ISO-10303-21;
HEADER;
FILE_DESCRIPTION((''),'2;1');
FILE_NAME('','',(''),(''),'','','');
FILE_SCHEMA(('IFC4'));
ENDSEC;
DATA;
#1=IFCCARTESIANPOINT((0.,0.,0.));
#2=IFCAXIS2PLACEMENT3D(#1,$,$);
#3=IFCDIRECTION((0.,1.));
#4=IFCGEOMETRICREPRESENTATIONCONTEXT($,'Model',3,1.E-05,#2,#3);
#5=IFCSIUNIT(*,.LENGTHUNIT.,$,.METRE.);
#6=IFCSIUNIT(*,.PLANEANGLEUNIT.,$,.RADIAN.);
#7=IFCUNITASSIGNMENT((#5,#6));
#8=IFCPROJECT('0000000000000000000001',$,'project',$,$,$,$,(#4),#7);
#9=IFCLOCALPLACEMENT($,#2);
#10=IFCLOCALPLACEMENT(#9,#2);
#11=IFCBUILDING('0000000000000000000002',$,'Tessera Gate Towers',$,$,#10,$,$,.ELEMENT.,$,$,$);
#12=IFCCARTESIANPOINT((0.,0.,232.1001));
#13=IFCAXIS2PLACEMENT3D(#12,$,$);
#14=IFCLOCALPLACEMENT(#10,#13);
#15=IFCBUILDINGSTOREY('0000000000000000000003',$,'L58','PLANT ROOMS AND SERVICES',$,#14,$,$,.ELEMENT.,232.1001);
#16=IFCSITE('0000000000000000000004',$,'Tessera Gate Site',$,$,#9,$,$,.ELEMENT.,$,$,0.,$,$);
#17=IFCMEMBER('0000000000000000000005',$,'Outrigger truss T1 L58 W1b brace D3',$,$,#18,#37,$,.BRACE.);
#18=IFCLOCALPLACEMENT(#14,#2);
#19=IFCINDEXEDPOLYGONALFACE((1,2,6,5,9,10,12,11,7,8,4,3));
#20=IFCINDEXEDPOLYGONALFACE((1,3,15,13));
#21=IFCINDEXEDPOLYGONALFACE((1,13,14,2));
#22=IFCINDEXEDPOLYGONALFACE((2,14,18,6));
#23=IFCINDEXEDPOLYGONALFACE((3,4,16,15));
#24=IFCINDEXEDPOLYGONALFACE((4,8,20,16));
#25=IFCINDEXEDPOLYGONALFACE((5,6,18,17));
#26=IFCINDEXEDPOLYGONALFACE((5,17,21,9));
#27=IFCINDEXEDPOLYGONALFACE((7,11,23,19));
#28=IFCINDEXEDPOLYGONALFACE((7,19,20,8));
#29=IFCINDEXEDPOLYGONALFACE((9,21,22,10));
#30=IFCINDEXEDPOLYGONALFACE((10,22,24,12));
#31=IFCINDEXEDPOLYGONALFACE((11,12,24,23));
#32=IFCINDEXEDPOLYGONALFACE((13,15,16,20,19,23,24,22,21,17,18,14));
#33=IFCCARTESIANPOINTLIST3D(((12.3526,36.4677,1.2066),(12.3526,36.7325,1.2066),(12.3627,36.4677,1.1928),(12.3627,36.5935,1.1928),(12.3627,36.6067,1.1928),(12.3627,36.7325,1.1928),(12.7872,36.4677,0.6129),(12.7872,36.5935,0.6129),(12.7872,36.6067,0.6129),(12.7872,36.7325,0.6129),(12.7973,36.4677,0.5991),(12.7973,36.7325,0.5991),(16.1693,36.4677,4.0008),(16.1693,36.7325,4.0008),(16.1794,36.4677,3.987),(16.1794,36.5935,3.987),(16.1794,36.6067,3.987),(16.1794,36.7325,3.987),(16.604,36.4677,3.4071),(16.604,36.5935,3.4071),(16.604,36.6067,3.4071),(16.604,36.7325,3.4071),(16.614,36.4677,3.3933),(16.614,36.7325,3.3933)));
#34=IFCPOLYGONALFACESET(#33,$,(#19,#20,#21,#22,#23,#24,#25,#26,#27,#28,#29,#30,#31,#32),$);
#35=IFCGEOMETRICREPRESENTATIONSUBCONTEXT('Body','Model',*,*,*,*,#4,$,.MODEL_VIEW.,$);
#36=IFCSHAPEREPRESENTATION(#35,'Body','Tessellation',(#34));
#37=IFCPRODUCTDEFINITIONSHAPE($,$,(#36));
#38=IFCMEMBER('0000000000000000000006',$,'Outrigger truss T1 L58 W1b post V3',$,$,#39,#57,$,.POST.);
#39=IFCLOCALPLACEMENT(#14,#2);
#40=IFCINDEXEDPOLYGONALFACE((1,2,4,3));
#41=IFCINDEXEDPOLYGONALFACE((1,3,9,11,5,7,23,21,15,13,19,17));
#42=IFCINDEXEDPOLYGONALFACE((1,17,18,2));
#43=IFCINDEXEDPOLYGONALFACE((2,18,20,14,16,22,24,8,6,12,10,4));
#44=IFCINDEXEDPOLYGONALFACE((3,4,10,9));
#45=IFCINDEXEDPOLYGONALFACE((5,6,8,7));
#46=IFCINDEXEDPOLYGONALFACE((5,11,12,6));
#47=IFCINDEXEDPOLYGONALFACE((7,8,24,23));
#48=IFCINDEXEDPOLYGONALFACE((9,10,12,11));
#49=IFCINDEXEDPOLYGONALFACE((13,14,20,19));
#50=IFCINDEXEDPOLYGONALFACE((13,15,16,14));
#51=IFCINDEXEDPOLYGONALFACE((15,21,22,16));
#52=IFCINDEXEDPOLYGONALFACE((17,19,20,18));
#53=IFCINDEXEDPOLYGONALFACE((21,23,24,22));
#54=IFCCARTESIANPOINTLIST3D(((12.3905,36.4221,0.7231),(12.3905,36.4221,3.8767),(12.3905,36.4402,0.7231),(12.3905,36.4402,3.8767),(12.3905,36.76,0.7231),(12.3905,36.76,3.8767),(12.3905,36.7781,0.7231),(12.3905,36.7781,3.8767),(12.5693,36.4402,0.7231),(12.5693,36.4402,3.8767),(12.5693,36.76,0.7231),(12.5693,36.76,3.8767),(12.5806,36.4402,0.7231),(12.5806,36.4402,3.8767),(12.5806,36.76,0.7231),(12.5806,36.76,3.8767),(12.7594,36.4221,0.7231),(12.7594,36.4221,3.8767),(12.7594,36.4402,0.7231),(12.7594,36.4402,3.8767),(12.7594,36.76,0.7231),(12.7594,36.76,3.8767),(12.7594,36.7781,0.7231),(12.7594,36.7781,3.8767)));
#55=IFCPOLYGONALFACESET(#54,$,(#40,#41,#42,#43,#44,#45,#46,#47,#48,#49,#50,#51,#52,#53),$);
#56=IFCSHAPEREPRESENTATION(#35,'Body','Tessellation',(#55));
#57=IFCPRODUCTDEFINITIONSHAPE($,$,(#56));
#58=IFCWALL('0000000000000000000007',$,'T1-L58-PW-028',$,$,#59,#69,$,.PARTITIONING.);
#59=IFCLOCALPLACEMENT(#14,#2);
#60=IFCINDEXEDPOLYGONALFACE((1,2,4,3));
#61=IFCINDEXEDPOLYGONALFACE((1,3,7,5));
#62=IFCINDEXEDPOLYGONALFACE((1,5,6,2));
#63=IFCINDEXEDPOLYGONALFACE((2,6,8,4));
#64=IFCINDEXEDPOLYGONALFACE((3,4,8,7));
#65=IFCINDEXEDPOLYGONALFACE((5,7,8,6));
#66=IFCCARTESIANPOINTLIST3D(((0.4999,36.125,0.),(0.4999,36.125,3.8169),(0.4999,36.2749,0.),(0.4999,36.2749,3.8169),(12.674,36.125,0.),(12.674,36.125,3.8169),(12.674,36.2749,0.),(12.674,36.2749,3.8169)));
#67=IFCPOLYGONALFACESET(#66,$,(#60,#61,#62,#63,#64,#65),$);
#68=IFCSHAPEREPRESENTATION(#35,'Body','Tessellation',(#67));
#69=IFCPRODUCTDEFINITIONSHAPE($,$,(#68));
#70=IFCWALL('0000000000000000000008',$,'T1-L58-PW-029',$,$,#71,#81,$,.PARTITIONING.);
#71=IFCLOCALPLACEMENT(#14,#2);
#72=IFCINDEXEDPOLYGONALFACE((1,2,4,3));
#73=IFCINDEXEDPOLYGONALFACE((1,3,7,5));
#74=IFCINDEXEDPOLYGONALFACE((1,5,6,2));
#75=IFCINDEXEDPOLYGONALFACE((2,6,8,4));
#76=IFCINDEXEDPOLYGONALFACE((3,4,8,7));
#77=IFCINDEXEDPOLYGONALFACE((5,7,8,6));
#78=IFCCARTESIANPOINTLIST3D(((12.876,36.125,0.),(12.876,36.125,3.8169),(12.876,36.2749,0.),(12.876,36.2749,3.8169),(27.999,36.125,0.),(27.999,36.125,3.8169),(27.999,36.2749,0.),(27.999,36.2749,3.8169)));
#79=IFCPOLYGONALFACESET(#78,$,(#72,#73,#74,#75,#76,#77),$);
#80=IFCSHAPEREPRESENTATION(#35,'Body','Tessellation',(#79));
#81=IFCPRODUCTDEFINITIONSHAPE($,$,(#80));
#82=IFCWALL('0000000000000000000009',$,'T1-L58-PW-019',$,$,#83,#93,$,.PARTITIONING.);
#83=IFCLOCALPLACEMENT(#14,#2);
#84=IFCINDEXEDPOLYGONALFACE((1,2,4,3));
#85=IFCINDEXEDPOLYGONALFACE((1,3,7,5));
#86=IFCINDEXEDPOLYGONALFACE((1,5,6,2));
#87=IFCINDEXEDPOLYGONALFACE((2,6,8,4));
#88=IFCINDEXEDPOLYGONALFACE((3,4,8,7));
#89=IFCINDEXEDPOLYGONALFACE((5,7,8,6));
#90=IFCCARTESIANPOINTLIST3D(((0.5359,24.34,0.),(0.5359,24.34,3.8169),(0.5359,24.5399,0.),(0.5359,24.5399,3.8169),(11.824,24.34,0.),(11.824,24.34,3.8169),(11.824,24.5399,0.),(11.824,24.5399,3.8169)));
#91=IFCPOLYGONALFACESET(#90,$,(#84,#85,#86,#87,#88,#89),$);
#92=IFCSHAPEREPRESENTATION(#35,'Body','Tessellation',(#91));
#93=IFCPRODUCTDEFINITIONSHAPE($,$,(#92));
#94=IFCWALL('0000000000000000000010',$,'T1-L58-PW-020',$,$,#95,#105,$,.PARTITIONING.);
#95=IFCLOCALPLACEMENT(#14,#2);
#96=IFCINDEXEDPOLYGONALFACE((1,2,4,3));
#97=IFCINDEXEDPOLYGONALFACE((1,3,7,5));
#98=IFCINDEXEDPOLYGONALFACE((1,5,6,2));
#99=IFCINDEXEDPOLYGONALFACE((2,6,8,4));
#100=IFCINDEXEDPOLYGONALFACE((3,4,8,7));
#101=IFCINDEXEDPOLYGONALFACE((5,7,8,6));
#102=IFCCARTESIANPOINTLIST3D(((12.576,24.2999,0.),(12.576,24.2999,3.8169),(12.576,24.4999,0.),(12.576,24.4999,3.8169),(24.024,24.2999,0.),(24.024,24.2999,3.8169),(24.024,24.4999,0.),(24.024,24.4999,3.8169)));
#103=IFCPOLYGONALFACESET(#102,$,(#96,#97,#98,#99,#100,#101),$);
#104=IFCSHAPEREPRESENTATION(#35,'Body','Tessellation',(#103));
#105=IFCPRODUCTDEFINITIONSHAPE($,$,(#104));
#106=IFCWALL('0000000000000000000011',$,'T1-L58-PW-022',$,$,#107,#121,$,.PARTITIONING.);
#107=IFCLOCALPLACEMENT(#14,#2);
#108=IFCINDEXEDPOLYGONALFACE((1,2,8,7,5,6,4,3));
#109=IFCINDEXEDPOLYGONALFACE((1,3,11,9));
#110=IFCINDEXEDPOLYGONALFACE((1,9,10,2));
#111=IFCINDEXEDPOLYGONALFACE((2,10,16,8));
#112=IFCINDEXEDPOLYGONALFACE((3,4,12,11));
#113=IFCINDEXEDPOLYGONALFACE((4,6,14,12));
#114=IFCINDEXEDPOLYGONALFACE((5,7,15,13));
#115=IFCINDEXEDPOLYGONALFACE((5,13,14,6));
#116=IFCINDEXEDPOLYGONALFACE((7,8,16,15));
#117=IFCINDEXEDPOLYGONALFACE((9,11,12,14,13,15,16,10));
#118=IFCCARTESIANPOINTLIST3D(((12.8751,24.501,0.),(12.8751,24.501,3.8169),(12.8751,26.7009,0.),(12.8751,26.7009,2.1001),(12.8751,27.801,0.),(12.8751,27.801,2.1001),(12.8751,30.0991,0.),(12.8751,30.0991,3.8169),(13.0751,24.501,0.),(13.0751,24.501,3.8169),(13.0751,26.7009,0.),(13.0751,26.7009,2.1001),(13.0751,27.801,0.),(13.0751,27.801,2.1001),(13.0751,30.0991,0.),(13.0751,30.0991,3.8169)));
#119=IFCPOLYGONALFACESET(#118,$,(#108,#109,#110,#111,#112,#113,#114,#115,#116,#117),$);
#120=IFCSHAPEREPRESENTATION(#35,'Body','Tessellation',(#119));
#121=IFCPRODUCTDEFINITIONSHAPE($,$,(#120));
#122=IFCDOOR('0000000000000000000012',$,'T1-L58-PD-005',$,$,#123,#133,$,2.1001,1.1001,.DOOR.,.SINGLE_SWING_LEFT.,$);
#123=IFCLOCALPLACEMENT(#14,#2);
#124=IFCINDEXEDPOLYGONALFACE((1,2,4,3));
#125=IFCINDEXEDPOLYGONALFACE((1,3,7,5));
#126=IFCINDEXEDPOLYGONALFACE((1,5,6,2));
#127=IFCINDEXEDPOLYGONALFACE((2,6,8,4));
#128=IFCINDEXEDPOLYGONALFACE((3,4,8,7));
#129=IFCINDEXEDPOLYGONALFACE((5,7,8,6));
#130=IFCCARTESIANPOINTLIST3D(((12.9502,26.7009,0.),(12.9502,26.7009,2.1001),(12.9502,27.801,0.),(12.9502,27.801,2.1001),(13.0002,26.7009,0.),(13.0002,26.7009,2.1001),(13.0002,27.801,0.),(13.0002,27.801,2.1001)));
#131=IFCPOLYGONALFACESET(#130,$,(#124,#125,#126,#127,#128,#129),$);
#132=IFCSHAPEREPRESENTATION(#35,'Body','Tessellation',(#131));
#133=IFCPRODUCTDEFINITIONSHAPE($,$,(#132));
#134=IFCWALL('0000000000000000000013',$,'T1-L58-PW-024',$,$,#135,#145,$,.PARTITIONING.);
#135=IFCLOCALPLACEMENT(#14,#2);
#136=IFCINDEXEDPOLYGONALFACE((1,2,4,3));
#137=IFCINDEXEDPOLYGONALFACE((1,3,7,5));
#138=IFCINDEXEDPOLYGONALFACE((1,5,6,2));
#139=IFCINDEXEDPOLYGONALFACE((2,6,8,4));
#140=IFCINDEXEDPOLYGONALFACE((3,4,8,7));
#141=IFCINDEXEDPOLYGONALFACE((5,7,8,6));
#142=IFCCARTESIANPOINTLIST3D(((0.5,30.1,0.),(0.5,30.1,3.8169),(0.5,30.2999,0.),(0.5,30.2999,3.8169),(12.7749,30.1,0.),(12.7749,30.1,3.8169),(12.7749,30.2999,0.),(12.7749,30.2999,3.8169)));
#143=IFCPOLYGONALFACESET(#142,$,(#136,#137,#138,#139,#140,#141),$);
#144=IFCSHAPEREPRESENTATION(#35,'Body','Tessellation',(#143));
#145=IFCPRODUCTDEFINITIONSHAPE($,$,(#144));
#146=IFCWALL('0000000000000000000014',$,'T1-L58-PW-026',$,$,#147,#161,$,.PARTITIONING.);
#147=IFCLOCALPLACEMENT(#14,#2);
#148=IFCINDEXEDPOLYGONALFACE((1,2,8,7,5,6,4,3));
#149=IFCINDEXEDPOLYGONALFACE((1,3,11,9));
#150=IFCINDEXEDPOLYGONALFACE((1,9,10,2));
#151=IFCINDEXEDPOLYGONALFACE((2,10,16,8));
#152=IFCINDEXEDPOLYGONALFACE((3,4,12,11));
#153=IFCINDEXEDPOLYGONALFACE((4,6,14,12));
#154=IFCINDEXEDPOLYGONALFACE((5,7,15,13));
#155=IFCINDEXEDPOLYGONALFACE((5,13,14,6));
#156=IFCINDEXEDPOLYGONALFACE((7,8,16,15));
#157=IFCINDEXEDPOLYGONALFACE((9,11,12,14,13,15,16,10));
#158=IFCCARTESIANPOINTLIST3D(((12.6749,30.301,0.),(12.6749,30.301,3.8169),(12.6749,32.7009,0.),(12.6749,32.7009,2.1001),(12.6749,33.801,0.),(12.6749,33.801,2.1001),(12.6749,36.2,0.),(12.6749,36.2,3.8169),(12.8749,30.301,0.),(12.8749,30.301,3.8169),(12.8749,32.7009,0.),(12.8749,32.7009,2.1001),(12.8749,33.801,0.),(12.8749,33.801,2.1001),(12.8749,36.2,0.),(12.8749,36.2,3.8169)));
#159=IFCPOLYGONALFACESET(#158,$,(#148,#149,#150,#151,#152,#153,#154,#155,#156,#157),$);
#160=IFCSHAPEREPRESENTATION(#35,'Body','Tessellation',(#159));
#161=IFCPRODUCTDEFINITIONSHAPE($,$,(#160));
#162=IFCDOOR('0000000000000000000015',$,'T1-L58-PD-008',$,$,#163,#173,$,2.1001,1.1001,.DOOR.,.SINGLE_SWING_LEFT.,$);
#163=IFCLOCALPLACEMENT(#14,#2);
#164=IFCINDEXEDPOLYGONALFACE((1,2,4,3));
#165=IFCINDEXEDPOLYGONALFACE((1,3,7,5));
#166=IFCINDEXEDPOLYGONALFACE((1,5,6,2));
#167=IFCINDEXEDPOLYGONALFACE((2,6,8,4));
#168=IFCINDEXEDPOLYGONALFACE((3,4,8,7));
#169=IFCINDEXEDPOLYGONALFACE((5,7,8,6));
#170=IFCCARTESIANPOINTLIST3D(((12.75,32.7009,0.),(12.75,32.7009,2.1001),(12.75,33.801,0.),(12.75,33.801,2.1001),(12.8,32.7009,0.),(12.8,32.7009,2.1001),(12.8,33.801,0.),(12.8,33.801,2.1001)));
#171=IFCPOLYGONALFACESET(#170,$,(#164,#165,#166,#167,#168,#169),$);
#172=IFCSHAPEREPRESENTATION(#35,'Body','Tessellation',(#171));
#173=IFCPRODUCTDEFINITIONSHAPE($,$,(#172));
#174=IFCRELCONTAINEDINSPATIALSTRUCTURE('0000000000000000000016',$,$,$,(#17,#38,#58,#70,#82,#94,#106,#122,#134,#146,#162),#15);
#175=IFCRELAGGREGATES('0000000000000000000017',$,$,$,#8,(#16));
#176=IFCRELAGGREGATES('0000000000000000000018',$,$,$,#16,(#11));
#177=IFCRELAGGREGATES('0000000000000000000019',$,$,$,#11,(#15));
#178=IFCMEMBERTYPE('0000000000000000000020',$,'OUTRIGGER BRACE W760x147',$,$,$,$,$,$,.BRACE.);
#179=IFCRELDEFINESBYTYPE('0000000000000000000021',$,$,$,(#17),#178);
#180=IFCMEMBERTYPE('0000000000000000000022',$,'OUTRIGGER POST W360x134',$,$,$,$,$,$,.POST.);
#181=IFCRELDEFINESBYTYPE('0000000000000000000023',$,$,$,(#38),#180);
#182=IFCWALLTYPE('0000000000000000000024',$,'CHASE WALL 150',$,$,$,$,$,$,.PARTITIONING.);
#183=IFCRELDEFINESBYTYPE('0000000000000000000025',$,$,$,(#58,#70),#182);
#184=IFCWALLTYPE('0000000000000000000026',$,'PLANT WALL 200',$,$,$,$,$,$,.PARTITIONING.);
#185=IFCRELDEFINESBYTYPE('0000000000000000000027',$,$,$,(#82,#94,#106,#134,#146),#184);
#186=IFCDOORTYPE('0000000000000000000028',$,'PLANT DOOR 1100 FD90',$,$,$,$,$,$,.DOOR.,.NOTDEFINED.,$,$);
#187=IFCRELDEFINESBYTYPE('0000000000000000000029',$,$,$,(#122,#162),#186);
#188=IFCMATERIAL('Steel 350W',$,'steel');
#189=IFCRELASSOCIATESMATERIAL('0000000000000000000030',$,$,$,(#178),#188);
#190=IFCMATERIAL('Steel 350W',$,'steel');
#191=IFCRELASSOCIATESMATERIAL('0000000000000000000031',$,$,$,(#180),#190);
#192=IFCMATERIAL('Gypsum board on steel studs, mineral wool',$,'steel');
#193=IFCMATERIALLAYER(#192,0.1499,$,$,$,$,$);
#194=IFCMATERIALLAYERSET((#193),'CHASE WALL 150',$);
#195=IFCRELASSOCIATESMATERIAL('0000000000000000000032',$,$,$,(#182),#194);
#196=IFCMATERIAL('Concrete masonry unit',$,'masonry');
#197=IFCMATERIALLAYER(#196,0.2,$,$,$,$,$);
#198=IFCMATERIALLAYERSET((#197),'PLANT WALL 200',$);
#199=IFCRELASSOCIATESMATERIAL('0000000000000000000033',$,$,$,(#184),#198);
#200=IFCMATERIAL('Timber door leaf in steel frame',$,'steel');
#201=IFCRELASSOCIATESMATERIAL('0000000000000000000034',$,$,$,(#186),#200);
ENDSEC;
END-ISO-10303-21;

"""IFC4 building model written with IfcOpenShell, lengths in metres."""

from ifc_helpers import new_model, si_unit, direction, frame, frame_2d, origin, origin_2d, place, context, subcontext, project, spatial, rectangle, i_section, extrude, source, transform, mapped, material, layer, layer_set, material_profile, profile_set, type_object, element, fill, save


model = new_model("IFC4")

# Units and contexts
model_context = context("Model", 3, precision=1e-05, world=origin(), true_north=direction((0.0, 1.0)))
body_context = subcontext(model_context, "Body", "Model", "MODEL_VIEW")
ifc_project = project(units=[si_unit("LENGTHUNIT", "METRE"), si_unit("PLANEANGLEUNIT", "RADIAN")], contexts=[model_context])

# Site, building, storey
site_placement = place(None, origin())
site = spatial("IfcSite", under=ifc_project, at=site_placement, Name="Tessera Gate Site", CompositionType="ELEMENT", RefElevation=0.0)
building_placement = place(site_placement, origin())
building = spatial("IfcBuilding", under=site, at=building_placement, Name="Tessera Gate Towers", CompositionType="ELEMENT")
storey_placement = place(building_placement, frame((0.0, 0.0, 232.1001)))
storey = spatial("IfcBuildingStorey", under=building, at=storey_placement, Name="L58", Description="PLANT ROOMS AND SERVICES", CompositionType="ELEMENT", Elevation=232.1001)

# Members
ifc_material_1 = material(Name="Steel 350W", Category="steel")
ifc_material_profile_1 = material_profile(ifc_material_1, i_section(OverallWidth=0.2649, OverallDepth=0.7529, WebThickness=0.0132, FlangeThickness=0.0171, at=origin_2d()), Name="W760x147")
ifc_profile_set_1 = profile_set([ifc_material_profile_1], Name="Steel 350W")
member_type_1 = type_object("IfcMemberType", Name="OUTRIGGER BRACE W760x147", PredefinedType="BRACE", material=ifc_profile_set_1)
member_1_placement = place(storey_placement, frame((12.575, 36.6001, 0.9028), z_axis=(0.806877, 0.0, 0.590719), x_axis=(0.0, 1.0, 0.0)))
element("IfcMember", 1, at=member_1_placement, inside=storey, type_object=member_type_1, Name="Outrigger truss T1 L58 W1b brace D3", PredefinedType="BRACE", context=body_context, shape_type="SweptSolid", body=[
    extrude(i_section(OverallWidth=0.2649, OverallDepth=0.7529, WebThickness=0.0132, FlangeThickness=0.0171, at=origin_2d()), origin(), (0.0, 0.0, 1.0), 4.7302),
])
ifc_material_2 = material(Name="Steel 350W", Category="steel")
ifc_material_profile_2 = material_profile(ifc_material_2, i_section(OverallWidth=0.3689, OverallDepth=0.356, WebThickness=0.0112, FlangeThickness=0.0181, at=origin_2d()), Name="W360x134")
ifc_profile_set_2 = profile_set([ifc_material_profile_2], Name="Steel 350W")
member_type_2 = type_object("IfcMemberType", Name="OUTRIGGER POST W360x134", PredefinedType="POST", material=ifc_profile_set_2)
member_2_placement = place(storey_placement, frame((12.575, 36.6001, 0.7231), z_axis=(0.0, 0.0, 1.0), x_axis=(1.0, 0.0, 0.0)))
element("IfcMember", 2, at=member_2_placement, inside=storey, type_object=member_type_2, Name="Outrigger truss T1 L58 W1b post V3", PredefinedType="POST", context=body_context, shape_type="SweptSolid", body=[
    extrude(i_section(OverallWidth=0.3689, OverallDepth=0.356, WebThickness=0.0112, FlangeThickness=0.0181, at=origin_2d()), origin(), (0.0, 0.0, 1.0), 3.1536),
])

# Walls
ifc_material_3 = material(Name="Gypsum board on steel studs, mineral wool", Category="steel")
ifc_layer_1 = layer(ifc_material_3, 0.1499)
ifc_layer_set_1 = layer_set([ifc_layer_1], Name="CHASE WALL 150")
wall_type_1 = type_object("IfcWallType", Name="CHASE WALL 150", PredefinedType="PARTITIONING", material=ifc_layer_set_1)
wall_1_placement = place(storey_placement, frame((0.5, 36.2, 0.0), z_axis=(0.0, 0.0, 1.0), x_axis=(1.0, 0.0, 0.0)))
element("IfcWall", 3, at=wall_1_placement, inside=storey, type_object=wall_type_1, Name="T1-L58-PW-028", PredefinedType="PARTITIONING", context=body_context, shape_type="SweptSolid", body=[
    extrude(rectangle(XDim=12.1741, YDim=0.1499, at=frame_2d((6.0869, 0.0))), origin(), (0.0, 0.0, 1.0), 3.8169),
])
wall_2_placement = place(storey_placement, frame((12.876, 36.2, 0.0), z_axis=(0.0, 0.0, 1.0), x_axis=(1.0, 0.0, 0.0)))
element("IfcWall", 4, at=wall_2_placement, inside=storey, type_object=wall_type_1, Name="T1-L58-PW-029", PredefinedType="PARTITIONING", context=body_context, shape_type="SweptSolid", body=[
    extrude(rectangle(XDim=15.123, YDim=0.1499, at=frame_2d((7.5615, 0.0))), origin(), (0.0, 0.0, 1.0), 3.8169),
])
ifc_material_4 = material(Name="Concrete masonry unit", Category="masonry")
ifc_layer_2 = layer(ifc_material_4, 0.2)
ifc_layer_set_2 = layer_set([ifc_layer_2], Name="PLANT WALL 200")
wall_type_2 = type_object("IfcWallType", Name="PLANT WALL 200", PredefinedType="PARTITIONING", material=ifc_layer_set_2)
wall_3_placement = place(storey_placement, frame((0.5359, 24.4399, 0.0), z_axis=(0.0, 0.0, 1.0), x_axis=(1.0, 0.0, 0.0)))
element("IfcWall", 5, at=wall_3_placement, inside=storey, type_object=wall_type_2, Name="T1-L58-PW-019", PredefinedType="PARTITIONING", context=body_context, shape_type="SweptSolid", body=[
    extrude(rectangle(XDim=11.2881, YDim=0.2, at=frame_2d((5.644, 0.0))), origin(), (0.0, 0.0, 1.0), 3.8169),
])
wall_4_placement = place(storey_placement, frame((12.5759, 24.3999, 0.0), z_axis=(0.0, 0.0, 1.0), x_axis=(1.0, 0.0, 0.0)))
element("IfcWall", 6, at=wall_4_placement, inside=storey, type_object=wall_type_2, Name="T1-L58-PW-020", PredefinedType="PARTITIONING", context=body_context, shape_type="SweptSolid", body=[
    extrude(rectangle(XDim=11.448, YDim=0.2, at=frame_2d((5.7241, 0.0))), origin(), (0.0, 0.0, 1.0), 3.8169),
])

# Wall, opening, door
wall_5_placement = place(storey_placement, frame((12.9751, 24.501, 0.0), z_axis=(0.0, 0.0, 1.0), x_axis=(0.0, 1.0, 0.0)))
wall_5 = element("IfcWall", 7, at=wall_5_placement, inside=storey, type_object=wall_type_2, Name="T1-L58-PW-022", PredefinedType="PARTITIONING", context=body_context, shape_type="SweptSolid", body=[
    extrude(rectangle(XDim=5.5981, YDim=0.2, at=frame_2d((2.7991, 0.0))), origin(), (0.0, 0.0, 1.0), 3.8169),
])
shared_shape_1 = source(origin(), body_context, "Body", "SweptSolid", [
    extrude(rectangle(XDim=1.1001, YDim=2.1001, at=frame_2d((0.55, 1.05))), frame((0.0, 0.1099, 0.0), z_axis=(0.0, -1.0, 0.0), x_axis=(1.0, 0.0, 0.0)), (0.0, 0.0, 1.0), 0.22),
])
opening_1_placement = place(wall_5_placement, frame((2.2, 0.0, 0.0)))
opening_1 = element("IfcOpeningElement", 8, at=opening_1_placement, cuts=wall_5, PredefinedType="OPENING", context=body_context, shape_type="MappedRepresentation", body=[
    mapped(shared_shape_1, transform((0.0, 0.0, 0.0), scale=1.0)),
])
ifc_material_5 = material(Name="Timber door leaf in steel frame", Category="steel")
door_type = type_object("IfcDoorType", Name="PLANT DOOR 1100 FD90", OperationType="NOTDEFINED", PredefinedType="DOOR", material=ifc_material_5)
shared_shape_2 = source(origin(), body_context, "Body", "SweptSolid", [
    extrude(rectangle(XDim=1.1001, YDim=2.1001, at=frame_2d((0.55, 1.05))), frame((0.0, 0.0249, 0.0), z_axis=(0.0, -1.0, 0.0), x_axis=(1.0, 0.0, 0.0)), (0.0, 0.0, 1.0), 0.05),
])
door_1_placement = place(opening_1_placement, origin())
door_1 = element("IfcDoor", 9, at=door_1_placement, inside=storey, type_object=door_type, Name="T1-L58-PD-005", OperationType="SINGLE_SWING_LEFT", OverallHeight=2.1001, OverallWidth=1.1001, PredefinedType="DOOR", context=body_context, shape_type="MappedRepresentation", body=[
    mapped(shared_shape_2, transform((0.0, 0.0, 0.0), scale=1.0)),
])
fill(opening_1, door_1)

# Wall
wall_6_placement = place(storey_placement, frame((0.5, 30.2, 0.0), z_axis=(0.0, 0.0, 1.0), x_axis=(1.0, 0.0, 0.0)))
element("IfcWall", 10, at=wall_6_placement, inside=storey, type_object=wall_type_2, Name="T1-L58-PW-024", PredefinedType="PARTITIONING", context=body_context, shape_type="SweptSolid", body=[
    extrude(rectangle(XDim=12.2749, YDim=0.2, at=frame_2d((6.1375, 0.0))), origin(), (0.0, 0.0, 1.0), 3.8169),
])

# Wall, opening, door
wall_7_placement = place(storey_placement, frame((12.7749, 30.301, 0.0), z_axis=(0.0, 0.0, 1.0), x_axis=(0.0, 1.0, 0.0)))
wall_7 = element("IfcWall", 11, at=wall_7_placement, inside=storey, type_object=wall_type_2, Name="T1-L58-PW-026", PredefinedType="PARTITIONING", context=body_context, shape_type="SweptSolid", body=[
    extrude(rectangle(XDim=5.8989, YDim=0.2, at=frame_2d((2.9495, 0.0))), origin(), (0.0, 0.0, 1.0), 3.8169),
])
opening_2_placement = place(wall_7_placement, frame((2.3999, 0.0, 0.0)))
opening_2 = element("IfcOpeningElement", 12, at=opening_2_placement, cuts=wall_7, PredefinedType="OPENING", context=body_context, shape_type="MappedRepresentation", body=[
    mapped(shared_shape_1, transform((0.0, 0.0, 0.0), scale=1.0)),
])
door_2_placement = place(opening_2_placement, origin())
door_2 = element("IfcDoor", 13, at=door_2_placement, inside=storey, type_object=door_type, Name="T1-L58-PD-008", OperationType="SINGLE_SWING_LEFT", OverallHeight=2.1001, OverallWidth=1.1001, PredefinedType="DOOR", context=body_context, shape_type="MappedRepresentation", body=[
    mapped(shared_shape_2, transform((0.0, 0.0, 0.0), scale=1.0)),
])
fill(opening_2, door_2)

save(model, "model.ifc")
